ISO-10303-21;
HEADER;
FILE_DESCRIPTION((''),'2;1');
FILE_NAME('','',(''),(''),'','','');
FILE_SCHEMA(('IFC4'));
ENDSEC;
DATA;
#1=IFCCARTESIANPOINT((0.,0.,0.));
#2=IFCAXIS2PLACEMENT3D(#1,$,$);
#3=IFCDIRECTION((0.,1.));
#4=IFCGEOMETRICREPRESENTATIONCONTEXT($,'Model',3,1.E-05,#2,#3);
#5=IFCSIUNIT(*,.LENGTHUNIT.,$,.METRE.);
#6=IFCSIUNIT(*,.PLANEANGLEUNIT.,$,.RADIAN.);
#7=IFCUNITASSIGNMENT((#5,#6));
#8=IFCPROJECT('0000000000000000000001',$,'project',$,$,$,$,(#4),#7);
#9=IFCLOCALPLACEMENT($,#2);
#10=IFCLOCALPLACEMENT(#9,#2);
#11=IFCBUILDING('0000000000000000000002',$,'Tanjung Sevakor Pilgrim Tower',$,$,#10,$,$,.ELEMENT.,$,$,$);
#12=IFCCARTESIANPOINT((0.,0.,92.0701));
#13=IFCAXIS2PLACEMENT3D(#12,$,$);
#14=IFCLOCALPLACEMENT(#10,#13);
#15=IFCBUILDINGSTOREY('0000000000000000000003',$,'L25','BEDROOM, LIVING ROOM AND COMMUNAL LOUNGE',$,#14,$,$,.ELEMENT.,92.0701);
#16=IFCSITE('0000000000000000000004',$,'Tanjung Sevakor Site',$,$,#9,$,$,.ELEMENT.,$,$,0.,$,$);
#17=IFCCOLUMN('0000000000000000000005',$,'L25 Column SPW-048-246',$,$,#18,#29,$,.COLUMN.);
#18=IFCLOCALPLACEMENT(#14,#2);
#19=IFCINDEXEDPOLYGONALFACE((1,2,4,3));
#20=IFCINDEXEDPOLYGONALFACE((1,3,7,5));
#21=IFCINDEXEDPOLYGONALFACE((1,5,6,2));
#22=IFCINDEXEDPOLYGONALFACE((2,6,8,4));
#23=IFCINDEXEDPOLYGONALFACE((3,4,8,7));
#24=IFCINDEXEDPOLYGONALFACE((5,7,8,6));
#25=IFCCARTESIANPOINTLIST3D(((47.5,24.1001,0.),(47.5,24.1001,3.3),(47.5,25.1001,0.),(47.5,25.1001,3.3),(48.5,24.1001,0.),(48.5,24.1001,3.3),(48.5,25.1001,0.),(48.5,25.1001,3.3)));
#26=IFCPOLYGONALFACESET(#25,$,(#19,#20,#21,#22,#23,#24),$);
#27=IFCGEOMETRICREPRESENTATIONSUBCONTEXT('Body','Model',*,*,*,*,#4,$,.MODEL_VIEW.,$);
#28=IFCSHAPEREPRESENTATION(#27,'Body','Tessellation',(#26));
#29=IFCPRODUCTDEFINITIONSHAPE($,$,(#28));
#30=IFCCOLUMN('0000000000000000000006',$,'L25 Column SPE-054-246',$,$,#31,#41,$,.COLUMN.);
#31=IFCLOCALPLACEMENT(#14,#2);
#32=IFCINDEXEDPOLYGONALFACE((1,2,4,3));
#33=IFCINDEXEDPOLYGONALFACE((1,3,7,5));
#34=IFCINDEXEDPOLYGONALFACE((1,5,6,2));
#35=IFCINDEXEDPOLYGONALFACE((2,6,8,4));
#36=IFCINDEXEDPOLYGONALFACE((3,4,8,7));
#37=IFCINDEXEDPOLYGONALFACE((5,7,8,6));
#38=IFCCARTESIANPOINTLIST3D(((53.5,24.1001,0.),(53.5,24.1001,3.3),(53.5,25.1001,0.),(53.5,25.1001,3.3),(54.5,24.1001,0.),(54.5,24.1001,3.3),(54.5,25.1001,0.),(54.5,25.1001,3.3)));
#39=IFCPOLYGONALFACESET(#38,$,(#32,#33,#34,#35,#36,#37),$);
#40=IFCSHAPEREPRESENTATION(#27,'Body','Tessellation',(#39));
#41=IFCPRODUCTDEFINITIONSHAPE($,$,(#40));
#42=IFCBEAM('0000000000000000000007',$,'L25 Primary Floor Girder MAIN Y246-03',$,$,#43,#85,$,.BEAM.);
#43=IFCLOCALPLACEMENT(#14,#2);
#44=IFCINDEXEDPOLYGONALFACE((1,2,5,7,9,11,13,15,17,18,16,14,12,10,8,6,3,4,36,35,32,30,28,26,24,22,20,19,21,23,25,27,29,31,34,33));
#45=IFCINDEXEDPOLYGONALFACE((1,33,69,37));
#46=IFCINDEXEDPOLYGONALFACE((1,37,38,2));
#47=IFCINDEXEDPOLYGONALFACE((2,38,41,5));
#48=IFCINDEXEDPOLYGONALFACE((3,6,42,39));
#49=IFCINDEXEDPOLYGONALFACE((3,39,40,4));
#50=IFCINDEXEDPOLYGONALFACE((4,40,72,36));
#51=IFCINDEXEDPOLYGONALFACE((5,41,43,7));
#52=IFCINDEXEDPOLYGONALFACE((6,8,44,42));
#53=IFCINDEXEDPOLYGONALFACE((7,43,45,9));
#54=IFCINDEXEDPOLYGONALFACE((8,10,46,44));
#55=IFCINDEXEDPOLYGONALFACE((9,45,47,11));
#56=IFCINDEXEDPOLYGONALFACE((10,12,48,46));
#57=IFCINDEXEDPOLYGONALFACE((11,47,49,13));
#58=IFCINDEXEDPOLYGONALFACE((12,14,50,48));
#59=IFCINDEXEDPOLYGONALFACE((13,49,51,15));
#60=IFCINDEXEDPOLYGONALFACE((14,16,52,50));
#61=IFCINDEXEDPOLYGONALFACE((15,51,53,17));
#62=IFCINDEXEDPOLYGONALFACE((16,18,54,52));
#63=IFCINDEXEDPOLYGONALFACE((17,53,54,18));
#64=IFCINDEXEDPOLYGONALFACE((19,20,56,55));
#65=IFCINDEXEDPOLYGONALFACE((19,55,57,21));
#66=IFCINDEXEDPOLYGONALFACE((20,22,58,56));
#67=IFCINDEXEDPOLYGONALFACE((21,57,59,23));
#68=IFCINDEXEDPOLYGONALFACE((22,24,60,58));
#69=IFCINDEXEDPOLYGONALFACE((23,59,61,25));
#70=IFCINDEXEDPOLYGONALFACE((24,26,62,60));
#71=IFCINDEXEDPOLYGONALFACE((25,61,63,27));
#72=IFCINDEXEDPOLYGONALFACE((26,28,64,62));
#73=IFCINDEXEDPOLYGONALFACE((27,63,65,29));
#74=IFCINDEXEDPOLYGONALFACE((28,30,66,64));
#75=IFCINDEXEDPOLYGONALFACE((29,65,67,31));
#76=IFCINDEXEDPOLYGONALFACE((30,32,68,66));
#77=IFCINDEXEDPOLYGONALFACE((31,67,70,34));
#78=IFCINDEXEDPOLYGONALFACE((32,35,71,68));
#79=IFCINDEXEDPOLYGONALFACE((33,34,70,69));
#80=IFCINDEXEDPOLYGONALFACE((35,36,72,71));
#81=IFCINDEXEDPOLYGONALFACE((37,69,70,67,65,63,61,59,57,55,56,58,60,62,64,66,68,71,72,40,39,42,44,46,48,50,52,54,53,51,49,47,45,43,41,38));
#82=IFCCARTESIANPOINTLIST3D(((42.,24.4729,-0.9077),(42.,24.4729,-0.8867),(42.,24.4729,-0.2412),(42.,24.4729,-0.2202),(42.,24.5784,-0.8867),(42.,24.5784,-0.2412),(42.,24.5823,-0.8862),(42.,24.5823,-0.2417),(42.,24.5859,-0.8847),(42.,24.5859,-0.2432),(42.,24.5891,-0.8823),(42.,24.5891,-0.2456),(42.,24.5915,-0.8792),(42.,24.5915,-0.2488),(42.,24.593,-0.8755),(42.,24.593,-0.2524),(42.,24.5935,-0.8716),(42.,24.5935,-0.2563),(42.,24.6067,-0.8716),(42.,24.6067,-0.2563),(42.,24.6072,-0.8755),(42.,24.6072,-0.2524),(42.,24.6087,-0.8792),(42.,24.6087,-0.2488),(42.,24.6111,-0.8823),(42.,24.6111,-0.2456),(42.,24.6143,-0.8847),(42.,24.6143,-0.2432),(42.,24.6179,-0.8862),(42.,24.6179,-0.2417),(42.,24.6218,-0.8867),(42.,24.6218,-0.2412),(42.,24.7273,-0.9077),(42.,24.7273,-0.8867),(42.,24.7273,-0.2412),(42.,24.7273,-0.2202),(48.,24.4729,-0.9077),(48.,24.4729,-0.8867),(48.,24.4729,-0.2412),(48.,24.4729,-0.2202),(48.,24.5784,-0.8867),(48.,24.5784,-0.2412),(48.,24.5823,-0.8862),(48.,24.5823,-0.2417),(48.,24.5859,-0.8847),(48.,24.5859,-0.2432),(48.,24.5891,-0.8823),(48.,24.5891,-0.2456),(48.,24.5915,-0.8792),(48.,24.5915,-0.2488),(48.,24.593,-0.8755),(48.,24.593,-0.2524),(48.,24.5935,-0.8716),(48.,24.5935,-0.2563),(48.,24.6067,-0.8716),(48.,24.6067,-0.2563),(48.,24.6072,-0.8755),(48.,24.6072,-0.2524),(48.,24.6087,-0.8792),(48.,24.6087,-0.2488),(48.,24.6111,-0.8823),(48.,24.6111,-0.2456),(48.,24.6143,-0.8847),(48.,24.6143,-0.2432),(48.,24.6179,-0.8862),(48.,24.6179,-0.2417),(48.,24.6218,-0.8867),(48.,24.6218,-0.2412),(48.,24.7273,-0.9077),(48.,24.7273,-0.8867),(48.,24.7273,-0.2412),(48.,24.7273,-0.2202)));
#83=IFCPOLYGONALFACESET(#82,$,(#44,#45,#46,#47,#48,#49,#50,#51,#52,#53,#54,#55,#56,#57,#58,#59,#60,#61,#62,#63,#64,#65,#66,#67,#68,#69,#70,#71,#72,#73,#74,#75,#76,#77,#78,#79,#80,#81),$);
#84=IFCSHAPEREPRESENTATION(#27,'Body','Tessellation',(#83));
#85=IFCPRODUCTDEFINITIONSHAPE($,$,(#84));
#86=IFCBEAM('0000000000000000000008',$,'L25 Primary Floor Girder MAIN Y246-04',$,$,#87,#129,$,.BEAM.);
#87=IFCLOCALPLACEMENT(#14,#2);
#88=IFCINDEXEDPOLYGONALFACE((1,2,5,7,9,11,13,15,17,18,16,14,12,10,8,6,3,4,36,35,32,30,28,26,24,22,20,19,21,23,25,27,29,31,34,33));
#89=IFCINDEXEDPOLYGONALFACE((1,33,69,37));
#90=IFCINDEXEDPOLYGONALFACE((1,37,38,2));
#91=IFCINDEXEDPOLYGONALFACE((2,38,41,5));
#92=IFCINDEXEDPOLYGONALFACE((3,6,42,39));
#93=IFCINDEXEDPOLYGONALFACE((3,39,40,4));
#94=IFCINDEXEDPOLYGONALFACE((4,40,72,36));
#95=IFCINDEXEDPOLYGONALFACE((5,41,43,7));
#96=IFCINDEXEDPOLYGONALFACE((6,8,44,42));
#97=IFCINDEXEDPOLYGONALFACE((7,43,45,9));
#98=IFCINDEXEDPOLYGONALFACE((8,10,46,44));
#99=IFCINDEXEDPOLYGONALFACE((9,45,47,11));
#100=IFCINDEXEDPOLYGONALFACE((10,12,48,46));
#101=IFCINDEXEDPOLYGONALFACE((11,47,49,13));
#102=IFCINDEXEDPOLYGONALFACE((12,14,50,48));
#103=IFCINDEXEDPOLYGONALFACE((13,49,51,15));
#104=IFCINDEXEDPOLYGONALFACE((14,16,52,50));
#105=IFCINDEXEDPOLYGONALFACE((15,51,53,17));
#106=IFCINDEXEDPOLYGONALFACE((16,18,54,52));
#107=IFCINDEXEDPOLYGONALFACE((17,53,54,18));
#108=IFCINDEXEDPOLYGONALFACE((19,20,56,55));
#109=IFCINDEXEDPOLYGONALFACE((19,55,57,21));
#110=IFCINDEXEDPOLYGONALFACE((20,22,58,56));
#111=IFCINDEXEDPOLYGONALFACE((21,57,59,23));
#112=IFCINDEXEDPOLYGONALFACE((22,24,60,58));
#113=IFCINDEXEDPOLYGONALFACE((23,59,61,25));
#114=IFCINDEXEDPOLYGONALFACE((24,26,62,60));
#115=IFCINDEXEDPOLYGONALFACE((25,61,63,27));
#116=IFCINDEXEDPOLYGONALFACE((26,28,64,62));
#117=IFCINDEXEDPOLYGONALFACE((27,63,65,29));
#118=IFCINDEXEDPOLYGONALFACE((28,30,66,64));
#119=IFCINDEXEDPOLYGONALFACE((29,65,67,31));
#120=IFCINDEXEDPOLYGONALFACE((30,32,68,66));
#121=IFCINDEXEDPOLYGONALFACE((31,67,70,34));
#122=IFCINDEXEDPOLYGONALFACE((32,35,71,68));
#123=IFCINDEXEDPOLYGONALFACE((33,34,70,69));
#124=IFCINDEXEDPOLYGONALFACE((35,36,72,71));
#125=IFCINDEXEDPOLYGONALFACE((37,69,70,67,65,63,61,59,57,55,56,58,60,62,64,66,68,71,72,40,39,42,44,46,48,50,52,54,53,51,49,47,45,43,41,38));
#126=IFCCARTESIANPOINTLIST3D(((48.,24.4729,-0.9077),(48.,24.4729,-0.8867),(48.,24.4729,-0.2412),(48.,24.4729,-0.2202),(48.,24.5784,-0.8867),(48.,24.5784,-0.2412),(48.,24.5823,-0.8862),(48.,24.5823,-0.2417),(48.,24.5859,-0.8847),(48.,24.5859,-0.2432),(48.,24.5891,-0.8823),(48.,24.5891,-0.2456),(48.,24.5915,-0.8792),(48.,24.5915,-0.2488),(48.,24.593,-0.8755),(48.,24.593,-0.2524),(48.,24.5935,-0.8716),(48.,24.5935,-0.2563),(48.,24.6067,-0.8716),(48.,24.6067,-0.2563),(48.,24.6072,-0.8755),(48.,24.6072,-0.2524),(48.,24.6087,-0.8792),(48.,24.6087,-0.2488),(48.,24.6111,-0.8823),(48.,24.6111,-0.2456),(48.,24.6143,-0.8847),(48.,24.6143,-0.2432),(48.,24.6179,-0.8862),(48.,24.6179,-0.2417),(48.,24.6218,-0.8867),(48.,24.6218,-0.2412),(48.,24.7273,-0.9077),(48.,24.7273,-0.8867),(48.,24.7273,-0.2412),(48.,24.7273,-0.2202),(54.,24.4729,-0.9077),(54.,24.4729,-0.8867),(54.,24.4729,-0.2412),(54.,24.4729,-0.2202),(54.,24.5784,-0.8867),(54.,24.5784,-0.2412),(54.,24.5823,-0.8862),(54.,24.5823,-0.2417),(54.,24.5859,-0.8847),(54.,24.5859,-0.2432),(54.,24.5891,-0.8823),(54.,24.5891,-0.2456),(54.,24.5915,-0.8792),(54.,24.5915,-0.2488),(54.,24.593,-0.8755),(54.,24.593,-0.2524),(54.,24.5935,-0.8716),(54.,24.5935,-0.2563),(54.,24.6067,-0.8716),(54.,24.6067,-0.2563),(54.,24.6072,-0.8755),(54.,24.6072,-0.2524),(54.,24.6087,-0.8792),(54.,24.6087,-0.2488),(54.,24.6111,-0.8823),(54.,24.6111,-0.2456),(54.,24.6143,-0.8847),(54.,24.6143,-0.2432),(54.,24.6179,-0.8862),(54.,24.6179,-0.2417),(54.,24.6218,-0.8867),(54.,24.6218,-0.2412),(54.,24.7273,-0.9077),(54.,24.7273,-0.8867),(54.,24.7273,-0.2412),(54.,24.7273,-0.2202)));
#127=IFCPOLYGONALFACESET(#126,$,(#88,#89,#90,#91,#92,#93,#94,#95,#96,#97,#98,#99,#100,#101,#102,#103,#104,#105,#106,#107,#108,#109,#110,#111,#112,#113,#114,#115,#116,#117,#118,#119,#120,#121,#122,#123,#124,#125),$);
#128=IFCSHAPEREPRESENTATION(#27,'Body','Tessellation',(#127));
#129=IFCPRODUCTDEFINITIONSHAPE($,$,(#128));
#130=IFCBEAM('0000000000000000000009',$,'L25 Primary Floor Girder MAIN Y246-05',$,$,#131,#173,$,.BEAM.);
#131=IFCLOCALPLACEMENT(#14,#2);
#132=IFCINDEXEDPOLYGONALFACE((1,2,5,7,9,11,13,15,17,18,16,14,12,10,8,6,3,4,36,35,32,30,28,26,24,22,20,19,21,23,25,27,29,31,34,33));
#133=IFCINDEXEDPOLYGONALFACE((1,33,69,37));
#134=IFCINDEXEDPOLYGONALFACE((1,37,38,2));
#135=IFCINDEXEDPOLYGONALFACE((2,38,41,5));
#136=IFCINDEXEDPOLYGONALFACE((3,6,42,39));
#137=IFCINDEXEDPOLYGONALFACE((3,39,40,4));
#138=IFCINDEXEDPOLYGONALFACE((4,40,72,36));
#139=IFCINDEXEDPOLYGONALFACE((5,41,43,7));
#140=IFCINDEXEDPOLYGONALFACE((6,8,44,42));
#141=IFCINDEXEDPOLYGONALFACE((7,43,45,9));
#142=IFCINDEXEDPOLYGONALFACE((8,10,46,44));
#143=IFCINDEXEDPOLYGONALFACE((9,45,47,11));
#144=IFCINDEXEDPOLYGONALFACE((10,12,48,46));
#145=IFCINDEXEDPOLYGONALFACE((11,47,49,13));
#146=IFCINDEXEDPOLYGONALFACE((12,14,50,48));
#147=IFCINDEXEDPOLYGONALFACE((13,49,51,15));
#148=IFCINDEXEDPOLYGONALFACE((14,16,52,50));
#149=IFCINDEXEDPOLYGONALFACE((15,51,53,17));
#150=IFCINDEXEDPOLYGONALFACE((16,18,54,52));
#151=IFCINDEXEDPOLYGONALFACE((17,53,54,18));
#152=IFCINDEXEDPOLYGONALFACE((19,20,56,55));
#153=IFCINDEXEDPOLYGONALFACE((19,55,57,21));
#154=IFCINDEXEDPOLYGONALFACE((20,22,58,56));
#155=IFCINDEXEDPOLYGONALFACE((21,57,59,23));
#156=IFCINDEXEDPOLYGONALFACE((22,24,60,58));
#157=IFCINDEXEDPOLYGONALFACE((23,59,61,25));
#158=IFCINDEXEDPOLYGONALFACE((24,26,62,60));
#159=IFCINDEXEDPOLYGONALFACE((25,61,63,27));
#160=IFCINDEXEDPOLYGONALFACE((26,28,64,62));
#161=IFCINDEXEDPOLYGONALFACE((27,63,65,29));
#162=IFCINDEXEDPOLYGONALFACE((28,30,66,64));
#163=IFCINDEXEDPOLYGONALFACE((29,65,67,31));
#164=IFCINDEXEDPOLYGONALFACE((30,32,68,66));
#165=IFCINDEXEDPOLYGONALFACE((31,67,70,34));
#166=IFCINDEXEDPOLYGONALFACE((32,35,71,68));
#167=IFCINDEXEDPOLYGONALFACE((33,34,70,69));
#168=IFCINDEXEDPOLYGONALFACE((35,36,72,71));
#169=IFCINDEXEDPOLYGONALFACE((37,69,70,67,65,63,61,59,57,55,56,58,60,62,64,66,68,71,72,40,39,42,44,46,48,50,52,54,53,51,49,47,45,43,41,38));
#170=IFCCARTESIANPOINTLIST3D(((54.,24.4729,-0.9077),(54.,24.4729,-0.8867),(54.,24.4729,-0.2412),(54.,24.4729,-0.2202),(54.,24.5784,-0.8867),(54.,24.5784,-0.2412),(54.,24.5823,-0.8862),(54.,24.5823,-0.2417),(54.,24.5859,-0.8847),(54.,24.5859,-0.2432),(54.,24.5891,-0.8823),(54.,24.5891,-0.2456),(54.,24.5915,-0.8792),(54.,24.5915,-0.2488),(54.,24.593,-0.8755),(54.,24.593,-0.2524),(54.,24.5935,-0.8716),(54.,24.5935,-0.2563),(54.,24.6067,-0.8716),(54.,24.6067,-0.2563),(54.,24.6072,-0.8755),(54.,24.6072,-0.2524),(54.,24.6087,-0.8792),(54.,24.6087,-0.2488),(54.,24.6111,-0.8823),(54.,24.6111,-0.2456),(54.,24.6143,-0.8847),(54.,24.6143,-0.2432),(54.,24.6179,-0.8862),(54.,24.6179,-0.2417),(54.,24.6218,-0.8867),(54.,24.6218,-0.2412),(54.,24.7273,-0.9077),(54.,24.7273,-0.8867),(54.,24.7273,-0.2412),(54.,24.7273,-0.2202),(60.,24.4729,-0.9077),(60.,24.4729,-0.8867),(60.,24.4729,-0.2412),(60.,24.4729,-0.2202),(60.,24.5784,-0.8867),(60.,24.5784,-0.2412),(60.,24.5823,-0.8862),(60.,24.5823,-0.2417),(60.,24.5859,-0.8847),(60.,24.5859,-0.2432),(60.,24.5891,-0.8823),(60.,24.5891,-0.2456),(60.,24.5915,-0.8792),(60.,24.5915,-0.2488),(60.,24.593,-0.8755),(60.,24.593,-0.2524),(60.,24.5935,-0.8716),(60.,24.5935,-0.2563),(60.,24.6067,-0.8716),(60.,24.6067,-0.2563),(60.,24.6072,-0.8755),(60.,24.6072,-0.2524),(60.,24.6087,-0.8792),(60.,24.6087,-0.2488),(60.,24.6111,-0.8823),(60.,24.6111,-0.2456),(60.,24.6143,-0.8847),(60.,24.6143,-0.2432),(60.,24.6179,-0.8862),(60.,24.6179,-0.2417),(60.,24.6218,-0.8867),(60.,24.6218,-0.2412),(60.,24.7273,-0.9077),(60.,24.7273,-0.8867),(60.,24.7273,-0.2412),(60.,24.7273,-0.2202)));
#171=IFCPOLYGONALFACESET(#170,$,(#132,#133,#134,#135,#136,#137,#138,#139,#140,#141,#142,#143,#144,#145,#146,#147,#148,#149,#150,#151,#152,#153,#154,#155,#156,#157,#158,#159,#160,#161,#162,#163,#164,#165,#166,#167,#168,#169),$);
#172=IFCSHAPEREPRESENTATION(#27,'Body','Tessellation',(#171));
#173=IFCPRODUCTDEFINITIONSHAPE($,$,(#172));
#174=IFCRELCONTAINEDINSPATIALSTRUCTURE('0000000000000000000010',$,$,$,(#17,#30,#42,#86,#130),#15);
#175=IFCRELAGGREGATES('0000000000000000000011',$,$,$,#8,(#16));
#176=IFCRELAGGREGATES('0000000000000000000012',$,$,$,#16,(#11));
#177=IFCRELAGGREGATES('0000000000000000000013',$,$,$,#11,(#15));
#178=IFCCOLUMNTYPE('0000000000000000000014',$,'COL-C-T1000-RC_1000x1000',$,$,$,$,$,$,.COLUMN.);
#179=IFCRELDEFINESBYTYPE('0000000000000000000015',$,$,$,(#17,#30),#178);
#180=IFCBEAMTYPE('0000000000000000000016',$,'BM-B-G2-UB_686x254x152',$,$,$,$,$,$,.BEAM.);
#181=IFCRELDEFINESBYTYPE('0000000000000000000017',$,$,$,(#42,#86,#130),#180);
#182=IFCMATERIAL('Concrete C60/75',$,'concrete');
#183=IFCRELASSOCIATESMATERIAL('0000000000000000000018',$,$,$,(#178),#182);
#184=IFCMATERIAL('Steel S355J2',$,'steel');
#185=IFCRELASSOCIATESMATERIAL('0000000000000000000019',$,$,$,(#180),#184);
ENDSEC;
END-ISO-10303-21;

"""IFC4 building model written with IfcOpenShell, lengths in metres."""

from ifc_helpers import new_model, si_unit, direction, frame, origin, origin_2d, place, context, subcontext, project, spatial, rectangle, i_section, extrude, material, material_profile, profile_set, type_object, element, save


model = new_model("IFC4")

# Units and contexts
model_context = context("Model", 3, precision=1e-05, world=origin(), true_north=direction((0.0, 1.0)))
body_context = subcontext(model_context, "Body", "Model", "MODEL_VIEW")
ifc_project = project(units=[si_unit("LENGTHUNIT", "METRE"), si_unit("PLANEANGLEUNIT", "RADIAN")], contexts=[model_context])

# Site, building, storey
site_placement = place(None, origin())
site = spatial("IfcSite", under=ifc_project, at=site_placement, Name="Tanjung Sevakor Site", CompositionType="ELEMENT", RefElevation=0.0)
building_placement = place(site_placement, origin())
building = spatial("IfcBuilding", under=site, at=building_placement, Name="Tanjung Sevakor Pilgrim Tower", CompositionType="ELEMENT")
storey_placement = place(building_placement, frame((0.0, 0.0, 92.0701)))
storey = spatial("IfcBuildingStorey", under=building, at=storey_placement, Name="L25", Description="BEDROOM, LIVING ROOM AND COMMUNAL LOUNGE", CompositionType="ELEMENT", Elevation=92.0701)

# Columns
ifc_material_1 = material(Name="Concrete C60/75", Category="concrete")
ifc_material_profile_1 = material_profile(ifc_material_1, rectangle(XDim=1.0, YDim=1.0, at=origin_2d()))
ifc_profile_set_1 = profile_set([ifc_material_profile_1], Name="Concrete C60/75")
column_type = type_object("IfcColumnType", Name="COL-C-T1000-RC_1000x1000", PredefinedType="COLUMN", material=ifc_profile_set_1)
for number, where, z_axis, x_axis, name in (
    (1, (48.0, 24.6001, 0.0), (0.0, 0.0, 1.0), (1.0, 0.0, 0.0), "L25 Column SPW-048-246"),
    (2, (54.0, 24.6001, 0.0), (0.0, 0.0, 1.0), (1.0, 0.0, 0.0), "L25 Column SPE-054-246"),
):
    element("IfcColumn", number, at=place(storey_placement, frame(where, z_axis=z_axis, x_axis=x_axis)), inside=storey, type_object=column_type, Name=name, PredefinedType="COLUMN", context=body_context, shape_type="SweptSolid", body=[
        extrude(rectangle(XDim=1.0, YDim=1.0, at=origin_2d()), origin(), (0.0, 0.0, 1.0), 3.3),
    ])

# Beams
ifc_material_2 = material(Name="Steel S355J2", Category="steel")
ifc_material_profile_2 = material_profile(ifc_material_2, i_section(OverallWidth=0.2544, OverallDepth=0.6875, WebThickness=0.0132, FlangeThickness=0.021, FilletRadius=0.0151, at=origin_2d()))
ifc_profile_set_2 = profile_set([ifc_material_profile_2], Name="Steel S355J2")
beam_type_1 = type_object("IfcBeamType", Name="BM-B-G2-UB_686x254x152", PredefinedType="BEAM", material=ifc_profile_set_2)
for number, where, z_axis, x_axis, name in (
    (3, (42.0, 24.6001, -0.564), (1.0, 0.0, 0.0), (0.0, 1.0, 0.0), "L25 Primary Floor Girder MAIN Y246-03"),
    (4, (48.0, 24.6001, -0.564), (1.0, 0.0, 0.0), (0.0, 1.0, 0.0), "L25 Primary Floor Girder MAIN Y246-04"),
    (5, (54.0, 24.6001, -0.564), (1.0, 0.0, 0.0), (0.0, 1.0, 0.0), "L25 Primary Floor Girder MAIN Y246-05"),
):
    element("IfcBeam", number, at=place(storey_placement, frame(where, z_axis=z_axis, x_axis=x_axis)), inside=storey, type_object=beam_type_1, Name=name, PredefinedType="BEAM", context=body_context, shape_type="SweptSolid", body=[
        extrude(i_section(OverallWidth=0.2544, OverallDepth=0.6875, WebThickness=0.0132, FlangeThickness=0.021, FilletRadius=0.0151, at=origin_2d()), origin(), (0.0, 0.0, 1.0), 6.0),
    ])

save(model, "model.ifc")
